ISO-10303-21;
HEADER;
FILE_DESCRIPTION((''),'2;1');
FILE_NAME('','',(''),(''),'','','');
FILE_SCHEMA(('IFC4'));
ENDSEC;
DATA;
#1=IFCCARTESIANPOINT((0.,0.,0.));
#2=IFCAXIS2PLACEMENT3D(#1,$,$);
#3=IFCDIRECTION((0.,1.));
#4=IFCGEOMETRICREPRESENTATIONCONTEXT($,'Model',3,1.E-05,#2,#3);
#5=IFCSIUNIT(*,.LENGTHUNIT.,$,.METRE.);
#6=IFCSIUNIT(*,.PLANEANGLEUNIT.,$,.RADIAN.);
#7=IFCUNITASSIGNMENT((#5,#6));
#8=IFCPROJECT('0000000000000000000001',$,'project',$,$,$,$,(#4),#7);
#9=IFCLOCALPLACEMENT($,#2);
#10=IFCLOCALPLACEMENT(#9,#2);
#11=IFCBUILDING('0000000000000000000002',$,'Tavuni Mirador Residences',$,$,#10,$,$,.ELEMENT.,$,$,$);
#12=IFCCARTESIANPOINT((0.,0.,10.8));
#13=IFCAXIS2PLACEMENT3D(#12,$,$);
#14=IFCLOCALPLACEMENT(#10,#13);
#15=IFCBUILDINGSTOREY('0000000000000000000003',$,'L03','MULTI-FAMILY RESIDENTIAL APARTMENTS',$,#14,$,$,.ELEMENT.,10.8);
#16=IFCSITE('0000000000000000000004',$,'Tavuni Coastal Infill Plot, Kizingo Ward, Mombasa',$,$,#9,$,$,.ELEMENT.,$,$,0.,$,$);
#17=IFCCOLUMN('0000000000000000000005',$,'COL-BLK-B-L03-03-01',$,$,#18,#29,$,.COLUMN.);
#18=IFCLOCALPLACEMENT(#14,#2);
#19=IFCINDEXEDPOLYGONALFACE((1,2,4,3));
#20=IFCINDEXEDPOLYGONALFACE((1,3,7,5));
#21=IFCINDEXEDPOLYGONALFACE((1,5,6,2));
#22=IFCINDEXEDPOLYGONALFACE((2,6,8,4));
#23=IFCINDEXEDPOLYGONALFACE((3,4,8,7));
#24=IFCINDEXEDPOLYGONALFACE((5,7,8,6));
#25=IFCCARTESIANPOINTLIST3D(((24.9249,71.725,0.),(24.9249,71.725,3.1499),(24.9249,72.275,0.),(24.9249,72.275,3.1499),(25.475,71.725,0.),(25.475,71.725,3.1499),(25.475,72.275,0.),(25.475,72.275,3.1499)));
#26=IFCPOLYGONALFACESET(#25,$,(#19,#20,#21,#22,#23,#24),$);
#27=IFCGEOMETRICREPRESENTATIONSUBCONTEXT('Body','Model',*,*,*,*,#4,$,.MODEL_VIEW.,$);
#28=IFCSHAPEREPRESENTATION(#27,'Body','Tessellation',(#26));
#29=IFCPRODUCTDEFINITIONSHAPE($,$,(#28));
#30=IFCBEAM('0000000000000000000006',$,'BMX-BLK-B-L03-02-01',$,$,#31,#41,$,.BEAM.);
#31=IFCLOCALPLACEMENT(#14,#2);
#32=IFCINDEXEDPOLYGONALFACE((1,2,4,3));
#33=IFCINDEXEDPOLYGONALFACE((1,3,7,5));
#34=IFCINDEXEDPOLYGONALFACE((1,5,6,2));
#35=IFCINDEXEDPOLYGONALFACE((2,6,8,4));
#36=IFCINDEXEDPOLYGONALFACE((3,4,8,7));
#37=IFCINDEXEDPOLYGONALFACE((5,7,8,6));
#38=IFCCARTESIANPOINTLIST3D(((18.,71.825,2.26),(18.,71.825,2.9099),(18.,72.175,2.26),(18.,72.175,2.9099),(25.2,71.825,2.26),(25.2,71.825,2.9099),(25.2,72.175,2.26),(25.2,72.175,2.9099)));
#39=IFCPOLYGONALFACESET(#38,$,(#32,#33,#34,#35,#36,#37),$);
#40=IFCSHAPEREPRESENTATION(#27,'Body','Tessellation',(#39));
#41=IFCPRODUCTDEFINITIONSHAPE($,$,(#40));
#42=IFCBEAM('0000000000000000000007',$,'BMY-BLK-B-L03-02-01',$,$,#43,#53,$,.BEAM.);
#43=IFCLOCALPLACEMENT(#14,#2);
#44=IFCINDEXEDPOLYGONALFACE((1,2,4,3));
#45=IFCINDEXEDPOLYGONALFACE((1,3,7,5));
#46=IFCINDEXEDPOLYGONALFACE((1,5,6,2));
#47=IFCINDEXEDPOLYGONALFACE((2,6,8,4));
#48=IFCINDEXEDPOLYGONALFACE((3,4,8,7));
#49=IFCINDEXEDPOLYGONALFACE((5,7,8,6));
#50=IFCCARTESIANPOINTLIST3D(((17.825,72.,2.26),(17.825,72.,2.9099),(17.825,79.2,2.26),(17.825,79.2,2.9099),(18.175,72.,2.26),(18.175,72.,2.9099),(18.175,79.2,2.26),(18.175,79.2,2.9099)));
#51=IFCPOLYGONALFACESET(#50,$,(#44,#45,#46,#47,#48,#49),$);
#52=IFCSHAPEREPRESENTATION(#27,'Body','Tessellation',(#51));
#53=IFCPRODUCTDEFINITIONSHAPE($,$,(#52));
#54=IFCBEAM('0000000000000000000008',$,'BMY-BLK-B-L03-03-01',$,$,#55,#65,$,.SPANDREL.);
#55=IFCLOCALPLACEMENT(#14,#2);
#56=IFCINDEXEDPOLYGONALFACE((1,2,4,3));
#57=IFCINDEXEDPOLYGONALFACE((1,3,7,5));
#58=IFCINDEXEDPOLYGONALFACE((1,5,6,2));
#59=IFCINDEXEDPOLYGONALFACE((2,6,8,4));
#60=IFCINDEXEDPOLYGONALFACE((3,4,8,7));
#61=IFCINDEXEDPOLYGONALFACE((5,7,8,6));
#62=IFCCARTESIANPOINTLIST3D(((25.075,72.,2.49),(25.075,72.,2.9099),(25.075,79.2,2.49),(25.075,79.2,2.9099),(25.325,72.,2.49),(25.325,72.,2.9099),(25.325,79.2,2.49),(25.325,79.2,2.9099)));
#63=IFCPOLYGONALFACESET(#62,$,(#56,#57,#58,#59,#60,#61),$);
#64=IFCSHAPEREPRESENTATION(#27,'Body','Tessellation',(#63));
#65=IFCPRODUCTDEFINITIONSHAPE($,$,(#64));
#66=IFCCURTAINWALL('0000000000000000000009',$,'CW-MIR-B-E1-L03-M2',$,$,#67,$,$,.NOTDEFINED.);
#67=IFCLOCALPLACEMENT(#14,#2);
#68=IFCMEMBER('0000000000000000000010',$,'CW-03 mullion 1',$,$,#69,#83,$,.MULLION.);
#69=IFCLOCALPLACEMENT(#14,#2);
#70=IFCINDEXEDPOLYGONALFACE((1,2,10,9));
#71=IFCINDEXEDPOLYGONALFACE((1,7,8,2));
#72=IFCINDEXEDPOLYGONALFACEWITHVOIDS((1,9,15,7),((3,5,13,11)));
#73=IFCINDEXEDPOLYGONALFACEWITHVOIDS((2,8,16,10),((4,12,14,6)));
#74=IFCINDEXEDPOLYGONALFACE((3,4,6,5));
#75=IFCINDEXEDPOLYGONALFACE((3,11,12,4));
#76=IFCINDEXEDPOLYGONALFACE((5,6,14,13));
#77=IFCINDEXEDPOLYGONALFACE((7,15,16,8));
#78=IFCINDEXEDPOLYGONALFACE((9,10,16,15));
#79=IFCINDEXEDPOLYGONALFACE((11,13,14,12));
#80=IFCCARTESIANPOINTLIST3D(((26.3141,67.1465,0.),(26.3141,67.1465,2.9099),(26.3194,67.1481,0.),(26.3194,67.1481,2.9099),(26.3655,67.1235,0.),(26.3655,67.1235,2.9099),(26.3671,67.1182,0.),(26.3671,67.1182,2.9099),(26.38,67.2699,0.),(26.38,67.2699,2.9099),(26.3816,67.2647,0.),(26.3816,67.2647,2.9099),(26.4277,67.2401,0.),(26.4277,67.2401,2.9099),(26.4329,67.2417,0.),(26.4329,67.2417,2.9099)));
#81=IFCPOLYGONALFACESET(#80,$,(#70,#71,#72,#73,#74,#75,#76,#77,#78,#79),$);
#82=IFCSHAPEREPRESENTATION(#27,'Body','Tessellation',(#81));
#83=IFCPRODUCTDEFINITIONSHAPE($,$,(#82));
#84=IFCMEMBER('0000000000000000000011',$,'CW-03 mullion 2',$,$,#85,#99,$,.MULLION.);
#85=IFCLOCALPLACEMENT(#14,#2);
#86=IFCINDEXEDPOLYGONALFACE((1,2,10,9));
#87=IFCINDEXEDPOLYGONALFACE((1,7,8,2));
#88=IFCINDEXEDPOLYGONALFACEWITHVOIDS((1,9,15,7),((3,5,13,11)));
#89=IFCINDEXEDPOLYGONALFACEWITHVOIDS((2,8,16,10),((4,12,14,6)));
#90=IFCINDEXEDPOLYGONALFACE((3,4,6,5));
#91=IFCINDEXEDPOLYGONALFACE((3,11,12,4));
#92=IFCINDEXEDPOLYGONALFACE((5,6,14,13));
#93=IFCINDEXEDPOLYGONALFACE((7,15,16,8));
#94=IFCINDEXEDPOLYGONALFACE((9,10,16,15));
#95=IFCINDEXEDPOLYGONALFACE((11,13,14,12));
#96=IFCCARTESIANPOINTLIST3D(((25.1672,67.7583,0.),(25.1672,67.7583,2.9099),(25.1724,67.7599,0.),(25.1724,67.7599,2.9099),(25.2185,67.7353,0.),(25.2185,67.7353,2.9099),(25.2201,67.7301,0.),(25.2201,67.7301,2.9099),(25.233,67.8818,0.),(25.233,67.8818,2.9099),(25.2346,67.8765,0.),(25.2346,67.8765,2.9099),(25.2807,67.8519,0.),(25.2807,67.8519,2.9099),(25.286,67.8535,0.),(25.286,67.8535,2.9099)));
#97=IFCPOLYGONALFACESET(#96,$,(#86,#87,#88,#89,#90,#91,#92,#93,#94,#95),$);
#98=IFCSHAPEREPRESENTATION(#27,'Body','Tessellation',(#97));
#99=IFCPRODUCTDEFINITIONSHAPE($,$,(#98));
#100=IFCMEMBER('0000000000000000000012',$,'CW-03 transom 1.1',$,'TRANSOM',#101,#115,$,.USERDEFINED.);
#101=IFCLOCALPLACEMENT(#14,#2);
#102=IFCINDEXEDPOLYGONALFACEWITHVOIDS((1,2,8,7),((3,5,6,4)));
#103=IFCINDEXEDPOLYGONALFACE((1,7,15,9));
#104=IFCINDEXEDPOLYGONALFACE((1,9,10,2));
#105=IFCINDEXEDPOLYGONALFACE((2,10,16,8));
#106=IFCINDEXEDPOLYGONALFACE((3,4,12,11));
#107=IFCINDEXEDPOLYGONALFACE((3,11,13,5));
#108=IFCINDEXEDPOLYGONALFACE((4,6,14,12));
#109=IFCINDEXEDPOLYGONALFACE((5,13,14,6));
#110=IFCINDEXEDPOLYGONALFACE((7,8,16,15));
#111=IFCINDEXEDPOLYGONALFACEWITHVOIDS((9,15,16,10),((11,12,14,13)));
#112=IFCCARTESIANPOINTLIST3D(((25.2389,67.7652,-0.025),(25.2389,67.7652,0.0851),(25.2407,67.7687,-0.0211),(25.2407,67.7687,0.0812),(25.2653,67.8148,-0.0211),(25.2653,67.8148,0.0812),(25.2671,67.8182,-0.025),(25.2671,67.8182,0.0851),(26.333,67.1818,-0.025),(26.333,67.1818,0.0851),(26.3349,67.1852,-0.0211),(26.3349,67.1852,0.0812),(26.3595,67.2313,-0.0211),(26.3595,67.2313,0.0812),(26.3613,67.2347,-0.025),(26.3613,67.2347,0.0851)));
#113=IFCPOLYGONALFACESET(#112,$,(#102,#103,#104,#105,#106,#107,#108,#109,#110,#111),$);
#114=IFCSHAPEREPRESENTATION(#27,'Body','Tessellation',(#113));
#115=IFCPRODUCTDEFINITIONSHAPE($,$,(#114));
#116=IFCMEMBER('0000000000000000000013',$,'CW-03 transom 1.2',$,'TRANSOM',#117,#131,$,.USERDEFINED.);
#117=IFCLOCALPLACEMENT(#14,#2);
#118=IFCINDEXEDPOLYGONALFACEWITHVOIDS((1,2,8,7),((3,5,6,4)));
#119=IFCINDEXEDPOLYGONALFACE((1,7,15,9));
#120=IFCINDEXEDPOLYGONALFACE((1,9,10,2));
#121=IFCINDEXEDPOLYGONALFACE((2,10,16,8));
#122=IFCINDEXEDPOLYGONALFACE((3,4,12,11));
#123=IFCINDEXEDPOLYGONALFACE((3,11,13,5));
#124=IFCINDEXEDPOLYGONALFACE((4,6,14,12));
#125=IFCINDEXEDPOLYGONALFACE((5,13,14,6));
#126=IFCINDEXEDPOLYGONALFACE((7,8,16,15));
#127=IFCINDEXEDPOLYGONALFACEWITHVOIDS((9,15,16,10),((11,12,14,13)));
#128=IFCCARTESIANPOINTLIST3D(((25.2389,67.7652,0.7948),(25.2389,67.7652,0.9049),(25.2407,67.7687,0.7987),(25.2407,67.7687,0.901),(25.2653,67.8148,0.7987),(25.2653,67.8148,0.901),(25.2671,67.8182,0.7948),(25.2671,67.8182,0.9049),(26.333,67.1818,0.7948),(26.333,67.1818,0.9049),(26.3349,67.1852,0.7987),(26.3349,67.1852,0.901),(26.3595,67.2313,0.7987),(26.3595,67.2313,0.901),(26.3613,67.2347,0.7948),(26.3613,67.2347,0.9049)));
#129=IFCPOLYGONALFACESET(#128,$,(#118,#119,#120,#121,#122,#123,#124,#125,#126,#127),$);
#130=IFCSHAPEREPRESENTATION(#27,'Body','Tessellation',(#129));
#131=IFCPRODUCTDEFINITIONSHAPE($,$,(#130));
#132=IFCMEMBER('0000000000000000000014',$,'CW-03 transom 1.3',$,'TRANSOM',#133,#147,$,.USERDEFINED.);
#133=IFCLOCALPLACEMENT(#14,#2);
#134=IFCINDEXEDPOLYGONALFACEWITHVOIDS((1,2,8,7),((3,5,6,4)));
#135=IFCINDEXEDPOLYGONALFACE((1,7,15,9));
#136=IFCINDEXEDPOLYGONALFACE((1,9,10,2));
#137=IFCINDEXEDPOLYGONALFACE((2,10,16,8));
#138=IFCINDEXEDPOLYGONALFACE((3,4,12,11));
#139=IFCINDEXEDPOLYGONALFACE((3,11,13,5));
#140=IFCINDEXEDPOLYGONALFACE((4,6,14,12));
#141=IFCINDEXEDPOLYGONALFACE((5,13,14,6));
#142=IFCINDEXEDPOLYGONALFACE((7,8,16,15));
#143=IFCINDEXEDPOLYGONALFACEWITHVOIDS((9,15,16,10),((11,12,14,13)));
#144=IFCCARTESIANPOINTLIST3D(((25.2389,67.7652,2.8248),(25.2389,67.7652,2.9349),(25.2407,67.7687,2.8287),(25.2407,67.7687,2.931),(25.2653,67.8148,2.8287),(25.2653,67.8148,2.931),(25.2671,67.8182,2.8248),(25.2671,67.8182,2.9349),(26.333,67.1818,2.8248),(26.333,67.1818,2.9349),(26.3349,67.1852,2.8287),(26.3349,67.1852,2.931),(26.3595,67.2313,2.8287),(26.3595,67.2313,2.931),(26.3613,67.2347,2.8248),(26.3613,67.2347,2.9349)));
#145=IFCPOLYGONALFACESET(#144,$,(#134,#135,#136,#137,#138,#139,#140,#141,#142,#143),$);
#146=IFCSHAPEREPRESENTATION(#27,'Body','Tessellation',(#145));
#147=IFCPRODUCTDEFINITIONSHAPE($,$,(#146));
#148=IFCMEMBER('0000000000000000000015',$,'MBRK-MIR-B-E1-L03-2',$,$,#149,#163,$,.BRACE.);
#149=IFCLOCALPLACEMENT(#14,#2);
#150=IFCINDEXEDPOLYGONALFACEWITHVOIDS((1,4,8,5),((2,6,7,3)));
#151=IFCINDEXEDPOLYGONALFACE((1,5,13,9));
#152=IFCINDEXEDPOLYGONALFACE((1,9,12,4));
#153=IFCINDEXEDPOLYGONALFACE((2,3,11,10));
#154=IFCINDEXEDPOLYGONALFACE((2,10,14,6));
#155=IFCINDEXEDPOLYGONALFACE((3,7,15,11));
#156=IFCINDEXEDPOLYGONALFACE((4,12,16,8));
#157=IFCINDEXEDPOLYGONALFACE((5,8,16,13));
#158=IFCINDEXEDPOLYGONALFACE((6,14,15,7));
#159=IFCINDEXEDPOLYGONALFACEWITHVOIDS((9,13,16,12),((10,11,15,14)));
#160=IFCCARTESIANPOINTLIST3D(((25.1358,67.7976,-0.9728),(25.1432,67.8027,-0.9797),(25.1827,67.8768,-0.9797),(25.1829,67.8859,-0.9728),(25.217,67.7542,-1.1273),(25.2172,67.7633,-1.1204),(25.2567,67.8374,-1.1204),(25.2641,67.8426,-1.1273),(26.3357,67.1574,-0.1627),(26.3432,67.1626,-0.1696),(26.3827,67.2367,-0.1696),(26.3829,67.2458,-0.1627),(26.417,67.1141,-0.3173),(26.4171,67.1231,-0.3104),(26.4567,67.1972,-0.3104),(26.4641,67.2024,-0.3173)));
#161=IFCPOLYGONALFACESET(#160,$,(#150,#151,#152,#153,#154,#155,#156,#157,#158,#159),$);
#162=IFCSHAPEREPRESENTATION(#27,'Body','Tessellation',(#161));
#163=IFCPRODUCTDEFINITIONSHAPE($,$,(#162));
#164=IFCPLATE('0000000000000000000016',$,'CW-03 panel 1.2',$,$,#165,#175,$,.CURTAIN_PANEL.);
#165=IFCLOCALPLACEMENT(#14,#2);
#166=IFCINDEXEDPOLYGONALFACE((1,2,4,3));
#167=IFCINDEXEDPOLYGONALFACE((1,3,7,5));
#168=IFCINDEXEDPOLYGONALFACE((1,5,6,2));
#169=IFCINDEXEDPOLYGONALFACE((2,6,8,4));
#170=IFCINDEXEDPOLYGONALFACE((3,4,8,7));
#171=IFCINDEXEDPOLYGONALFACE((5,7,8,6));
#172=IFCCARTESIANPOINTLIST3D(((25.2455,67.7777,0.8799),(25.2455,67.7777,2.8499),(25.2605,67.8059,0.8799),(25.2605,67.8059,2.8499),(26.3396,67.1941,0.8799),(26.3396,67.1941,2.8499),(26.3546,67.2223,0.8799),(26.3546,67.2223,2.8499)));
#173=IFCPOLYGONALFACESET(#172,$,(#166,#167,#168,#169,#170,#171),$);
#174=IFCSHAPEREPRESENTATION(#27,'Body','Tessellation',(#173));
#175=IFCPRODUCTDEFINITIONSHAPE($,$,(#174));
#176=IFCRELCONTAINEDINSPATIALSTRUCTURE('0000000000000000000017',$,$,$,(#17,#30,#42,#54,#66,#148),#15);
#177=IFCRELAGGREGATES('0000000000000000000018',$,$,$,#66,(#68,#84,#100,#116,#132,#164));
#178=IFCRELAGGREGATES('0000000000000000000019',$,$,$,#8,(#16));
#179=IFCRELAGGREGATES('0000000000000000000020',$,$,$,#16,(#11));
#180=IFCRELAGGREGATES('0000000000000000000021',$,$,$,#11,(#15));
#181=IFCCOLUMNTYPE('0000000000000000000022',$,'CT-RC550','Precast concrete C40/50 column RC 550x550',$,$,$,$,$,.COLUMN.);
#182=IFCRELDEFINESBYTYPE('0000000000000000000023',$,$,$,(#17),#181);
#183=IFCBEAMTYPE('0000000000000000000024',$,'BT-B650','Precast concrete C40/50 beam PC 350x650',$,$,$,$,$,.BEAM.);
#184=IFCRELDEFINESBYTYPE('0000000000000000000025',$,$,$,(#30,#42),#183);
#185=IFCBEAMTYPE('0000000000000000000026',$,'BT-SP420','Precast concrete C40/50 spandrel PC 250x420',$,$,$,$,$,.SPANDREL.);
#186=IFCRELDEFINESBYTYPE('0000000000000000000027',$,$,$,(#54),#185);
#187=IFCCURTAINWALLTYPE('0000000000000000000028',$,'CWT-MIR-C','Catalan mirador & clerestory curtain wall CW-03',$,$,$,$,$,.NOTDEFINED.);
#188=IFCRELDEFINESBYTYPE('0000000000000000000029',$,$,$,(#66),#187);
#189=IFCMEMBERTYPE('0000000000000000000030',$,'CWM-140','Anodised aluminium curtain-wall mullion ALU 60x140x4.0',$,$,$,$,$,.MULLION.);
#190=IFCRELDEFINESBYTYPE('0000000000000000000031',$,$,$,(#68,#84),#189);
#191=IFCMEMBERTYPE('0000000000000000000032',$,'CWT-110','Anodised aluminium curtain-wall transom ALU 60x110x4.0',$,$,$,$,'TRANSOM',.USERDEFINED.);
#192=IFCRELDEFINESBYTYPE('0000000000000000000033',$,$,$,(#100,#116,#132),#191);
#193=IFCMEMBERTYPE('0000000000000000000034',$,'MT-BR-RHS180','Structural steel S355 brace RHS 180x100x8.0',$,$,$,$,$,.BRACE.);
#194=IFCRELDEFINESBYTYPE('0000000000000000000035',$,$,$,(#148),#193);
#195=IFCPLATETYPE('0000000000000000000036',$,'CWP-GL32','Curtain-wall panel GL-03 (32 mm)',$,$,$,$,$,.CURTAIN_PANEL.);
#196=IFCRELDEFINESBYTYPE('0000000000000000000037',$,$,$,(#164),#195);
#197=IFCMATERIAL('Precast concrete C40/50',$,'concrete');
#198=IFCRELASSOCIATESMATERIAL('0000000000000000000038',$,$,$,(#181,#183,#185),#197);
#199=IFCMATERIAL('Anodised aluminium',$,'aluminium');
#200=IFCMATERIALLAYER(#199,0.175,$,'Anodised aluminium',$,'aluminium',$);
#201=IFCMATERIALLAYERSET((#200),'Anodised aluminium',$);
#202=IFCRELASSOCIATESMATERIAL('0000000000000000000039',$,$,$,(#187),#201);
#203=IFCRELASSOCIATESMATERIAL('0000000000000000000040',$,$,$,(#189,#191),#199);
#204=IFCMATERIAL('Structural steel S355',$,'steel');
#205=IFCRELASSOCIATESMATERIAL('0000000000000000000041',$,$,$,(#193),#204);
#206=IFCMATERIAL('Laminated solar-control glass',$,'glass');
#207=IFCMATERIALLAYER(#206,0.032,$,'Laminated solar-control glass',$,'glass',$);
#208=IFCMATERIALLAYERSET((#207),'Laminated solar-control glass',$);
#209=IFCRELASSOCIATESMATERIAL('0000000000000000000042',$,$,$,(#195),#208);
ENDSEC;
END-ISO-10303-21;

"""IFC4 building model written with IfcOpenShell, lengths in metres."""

from ifc_helpers import new_model, si_unit, direction, frame, origin, origin_2d, place, context, subcontext, project, spatial, rectangle, hollow_rectangle, extrude, material, layer, layer_set, material_profile, profile_set, type_object, element, aggregate, save


model = new_model("IFC4")

# Units and contexts
model_context = context("Model", 3, precision=1e-05, world=origin(), true_north=direction((0.0, 1.0)))
body_context = subcontext(model_context, "Body", "Model", "MODEL_VIEW")
ifc_project = project(units=[si_unit("LENGTHUNIT", "METRE"), si_unit("PLANEANGLEUNIT", "RADIAN")], contexts=[model_context])

# Site, building, storey
site_placement = place(None, origin())
site = spatial("IfcSite", under=ifc_project, at=site_placement, Name="Tavuni Coastal Infill Plot, Kizingo Ward, Mombasa", CompositionType="ELEMENT", RefElevation=0.0)
building_placement = place(site_placement, origin())
building = spatial("IfcBuilding", under=site, at=building_placement, Name="Tavuni Mirador Residences", CompositionType="ELEMENT")
storey_placement = place(building_placement, frame((0.0, 0.0, 10.8)))
storey = spatial("IfcBuildingStorey", under=building, at=storey_placement, Name="L03", Description="MULTI-FAMILY RESIDENTIAL APARTMENTS", CompositionType="ELEMENT", Elevation=10.8)

# Column
ifc_material_1 = material(Name="Precast concrete C40/50", Category="concrete")
ifc_material_profile_1 = material_profile(ifc_material_1, rectangle(XDim=0.55, YDim=0.55, at=origin_2d()), Name="RC 550x550", Category="concrete")
ifc_profile_set_1 = profile_set([ifc_material_profile_1], Name="Precast concrete C40/50")
column_type = type_object("IfcColumnType", Name="CT-RC550", Description="Precast concrete C40/50 column RC 550x550", PredefinedType="COLUMN", material=ifc_profile_set_1)
column_placement = place(storey_placement, frame((25.2, 72.0, 0.0), z_axis=(0.0, 0.0, 1.0), x_axis=(1.0, 0.0, 0.0)))
element("IfcColumn", 1, at=column_placement, inside=storey, type_object=column_type, Name="COL-BLK-B-L03-03-01", PredefinedType="COLUMN", context=body_context, shape_type="SweptSolid", body=[
    extrude(rectangle(XDim=0.55, YDim=0.55, at=origin_2d()), origin(), (0.0, 0.0, 1.0), 3.1499),
])

# Beams
ifc_material_profile_2 = material_profile(ifc_material_1, rectangle(XDim=0.3501, YDim=0.6499, at=origin_2d()), Name="PC 350x650", Category="concrete")
ifc_profile_set_2 = profile_set([ifc_material_profile_2], Name="Precast concrete C40/50")
beam_type_1 = type_object("IfcBeamType", Name="BT-B650", Description="Precast concrete C40/50 beam PC 350x650", PredefinedType="BEAM", material=ifc_profile_set_2)
for number, where, z_axis, x_axis, name in (
    (2, (18.0, 72.0, 2.585), (1.0, 0.0, 0.0), (0.0, 1.0, 0.0), "BMX-BLK-B-L03-02-01"),
    (3, (18.0, 72.0, 2.585), (0.0, 1.0, 0.0), (-1.0, 0.0, 0.0), "BMY-BLK-B-L03-02-01"),
):
    element("IfcBeam", number, at=place(storey_placement, frame(where, z_axis=z_axis, x_axis=x_axis)), inside=storey, type_object=beam_type_1, Name=name, PredefinedType="BEAM", context=body_context, shape_type="SweptSolid", body=[
        extrude(rectangle(XDim=0.3501, YDim=0.6499, at=origin_2d()), origin(), (0.0, 0.0, 1.0), 7.2),
    ])
ifc_material_profile_3 = material_profile(ifc_material_1, rectangle(XDim=0.25, YDim=0.4199, at=origin_2d()), Name="PC 250x420", Category="concrete")
ifc_profile_set_3 = profile_set([ifc_material_profile_3], Name="Precast concrete C40/50")
beam_type_2 = type_object("IfcBeamType", Name="BT-SP420", Description="Precast concrete C40/50 spandrel PC 250x420", PredefinedType="SPANDREL", material=ifc_profile_set_3)
beam_placement = place(storey_placement, frame((25.2, 72.0, 2.7), z_axis=(0.0, 1.0, 0.0), x_axis=(-1.0, 0.0, 0.0)))
element("IfcBeam", 4, at=beam_placement, inside=storey, type_object=beam_type_2, Name="BMY-BLK-B-L03-03-01", PredefinedType="SPANDREL", context=body_context, shape_type="SweptSolid", body=[
    extrude(rectangle(XDim=0.25, YDim=0.4199, at=origin_2d()), origin(), (0.0, 0.0, 1.0), 7.2),
])

# Curtain wall, members
ifc_material_2 = material(Name="Anodised aluminium", Category="aluminium")
ifc_layer_1 = layer(ifc_material_2, 0.175, Name="Anodised aluminium", Category="aluminium")
ifc_layer_set_1 = layer_set([ifc_layer_1], Name="Anodised aluminium")
curtain_wall_type = type_object("IfcCurtainWallType", Name="CWT-MIR-C", Description="Catalan mirador & clerestory curtain wall CW-03", PredefinedType="NOTDEFINED", material=ifc_layer_set_1)
curtain_wall_placement = place(storey_placement, origin())
curtain_wall = element("IfcCurtainWall", 5, at=curtain_wall_placement, inside=storey, type_object=curtain_wall_type, Name="CW-MIR-B-E1-L03-M2", PredefinedType="NOTDEFINED")
ifc_material_profile_4 = material_profile(ifc_material_2, hollow_rectangle(XDim=0.0601, YDim=0.1399, WallThickness=0.0039, at=origin_2d()), Name="ALU 60x140x4.0", Category="aluminium")
ifc_profile_set_4 = profile_set([ifc_material_profile_4], Name="Anodised aluminium")
member_type_1 = type_object("IfcMemberType", Name="CWM-140", Description="Anodised aluminium curtain-wall mullion ALU 60x140x4.0", PredefinedType="MULLION", material=ifc_profile_set_4)
member_1_placement = place(storey_placement, frame((26.3735, 67.1941, 0.0), z_axis=(0.0, 0.0, 1.0), x_axis=(-0.882353, 0.470588, 0.0)))
member_1 = element("IfcMember", 6, at=member_1_placement, type_object=member_type_1, Name="CW-03 mullion 1", PredefinedType="MULLION", context=body_context, shape_type="SweptSolid", body=[
    extrude(hollow_rectangle(XDim=0.0601, YDim=0.1399, WallThickness=0.0039, at=origin_2d()), origin(), (0.0, 0.0, 1.0), 2.9099),
])
member_2_placement = place(storey_placement, frame((25.2266, 67.8059, 0.0), z_axis=(0.0, 0.0, 1.0), x_axis=(-0.882353, 0.470588, 0.0)))
member_2 = element("IfcMember", 7, at=member_2_placement, type_object=member_type_1, Name="CW-03 mullion 2", PredefinedType="MULLION", context=body_context, shape_type="SweptSolid", body=[
    extrude(hollow_rectangle(XDim=0.0601, YDim=0.1399, WallThickness=0.0039, at=origin_2d()), origin(), (0.0, 0.0, 1.0), 2.9099),
])
ifc_material_profile_5 = material_profile(ifc_material_2, hollow_rectangle(XDim=0.0601, YDim=0.1101, WallThickness=0.0039, at=origin_2d()), Name="ALU 60x110x4.0", Category="aluminium")
ifc_profile_set_5 = profile_set([ifc_material_profile_5], Name="Anodised aluminium")
member_type_2 = type_object("IfcMemberType", Name="CWT-110", Description="Anodised aluminium curtain-wall transom ALU 60x110x4.0", ElementType="TRANSOM", PredefinedType="USERDEFINED", material=ifc_profile_set_5)
member_3_placement = place(storey_placement, frame((26.3472, 67.2083, 0.03), z_axis=(-0.882386, 0.470527, 0.0), x_axis=(-0.470527, -0.882386, 0.0)))
member_3 = element("IfcMember", 8, at=member_3_placement, type_object=member_type_2, Name="CW-03 transom 1.1", ObjectType="TRANSOM", PredefinedType="USERDEFINED", context=body_context, shape_type="SweptSolid", body=[
    extrude(hollow_rectangle(XDim=0.0601, YDim=0.1101, WallThickness=0.0039, at=origin_2d()), origin(), (0.0, 0.0, 1.0), 1.24),
])
member_4_placement = place(storey_placement, frame((26.3472, 67.2083, 0.8499), z_axis=(-0.882386, 0.470527, 0.0), x_axis=(-0.470527, -0.882386, 0.0)))
member_4 = element("IfcMember", 9, at=member_4_placement, type_object=member_type_2, Name="CW-03 transom 1.2", ObjectType="TRANSOM", PredefinedType="USERDEFINED", context=body_context, shape_type="SweptSolid", body=[
    extrude(hollow_rectangle(XDim=0.0601, YDim=0.1101, WallThickness=0.0039, at=origin_2d()), origin(), (0.0, 0.0, 1.0), 1.24),
])
member_5_placement = place(storey_placement, frame((26.3472, 67.2083, 2.8799), z_axis=(-0.882386, 0.470527, 0.0), x_axis=(-0.470527, -0.882386, 0.0)))
member_5 = element("IfcMember", 10, at=member_5_placement, type_object=member_type_2, Name="CW-03 transom 1.3", ObjectType="TRANSOM", PredefinedType="USERDEFINED", context=body_context, shape_type="SweptSolid", body=[
    extrude(hollow_rectangle(XDim=0.0601, YDim=0.1101, WallThickness=0.0039, at=origin_2d()), origin(), (0.0, 0.0, 1.0), 1.24),
])

# Member
ifc_material_3 = material(Name="Structural steel S355", Category="steel")
ifc_material_profile_6 = material_profile(ifc_material_3, hollow_rectangle(XDim=0.1001, YDim=0.1799, WallThickness=0.0081, at=origin_2d()), Name="RHS 180x100x8.0", Category="steel")
ifc_profile_set_6 = profile_set([ifc_material_profile_6], Name="Structural steel S355")
member_type_3 = type_object("IfcMemberType", Name="MT-BR-RHS180", Description="Structural steel S355 brace RHS 180x100x8.0", PredefinedType="BRACE", material=ifc_profile_set_6)
member_6_placement = place(storey_placement, frame((25.2, 67.8201, -1.05), z_axis=(0.758029, -0.404385, 0.511727), x_axis=(0.470681, 0.882303, 0.0)))
element("IfcMember", 11, at=member_6_placement, inside=storey, type_object=member_type_3, Name="MBRK-MIR-B-E1-L03-2", PredefinedType="BRACE", context=body_context, shape_type="SweptSolid", body=[
    extrude(hollow_rectangle(XDim=0.1001, YDim=0.1799, WallThickness=0.0081, at=origin_2d()), origin(), (0.0, 0.0, 1.0), 1.583),
])

# Plate
ifc_material_4 = material(Name="Laminated solar-control glass", Category="glass")
ifc_layer_2 = layer(ifc_material_4, 0.032, Name="Laminated solar-control glass", Category="glass")
ifc_layer_set_2 = layer_set([ifc_layer_2], Name="Laminated solar-control glass")
plate_type_1 = type_object("IfcPlateType", Name="CWP-GL32", Description="Curtain-wall panel GL-03 (32 mm)", PredefinedType="CURTAIN_PANEL", material=ifc_layer_set_2)
plate_1_placement = place(storey_placement, frame((25.8, 67.5, 0.8799), z_axis=(0.0, 0.0, 1.0), x_axis=(-0.882353, 0.470588, 0.0)))
plate_1 = element("IfcPlate", 12, at=plate_1_placement, type_object=plate_type_1, Name="CW-03 panel 1.2", PredefinedType="CURTAIN_PANEL", context=body_context, shape_type="SweptSolid", body=[
    extrude(rectangle(XDim=1.24, YDim=0.032, at=origin_2d()), origin(), (0.0, 0.0, 1.0), 1.97),
])
aggregate(curtain_wall, [member_1, member_2, member_3, member_4, member_5, plate_1])

save(model, "model.ifc")
